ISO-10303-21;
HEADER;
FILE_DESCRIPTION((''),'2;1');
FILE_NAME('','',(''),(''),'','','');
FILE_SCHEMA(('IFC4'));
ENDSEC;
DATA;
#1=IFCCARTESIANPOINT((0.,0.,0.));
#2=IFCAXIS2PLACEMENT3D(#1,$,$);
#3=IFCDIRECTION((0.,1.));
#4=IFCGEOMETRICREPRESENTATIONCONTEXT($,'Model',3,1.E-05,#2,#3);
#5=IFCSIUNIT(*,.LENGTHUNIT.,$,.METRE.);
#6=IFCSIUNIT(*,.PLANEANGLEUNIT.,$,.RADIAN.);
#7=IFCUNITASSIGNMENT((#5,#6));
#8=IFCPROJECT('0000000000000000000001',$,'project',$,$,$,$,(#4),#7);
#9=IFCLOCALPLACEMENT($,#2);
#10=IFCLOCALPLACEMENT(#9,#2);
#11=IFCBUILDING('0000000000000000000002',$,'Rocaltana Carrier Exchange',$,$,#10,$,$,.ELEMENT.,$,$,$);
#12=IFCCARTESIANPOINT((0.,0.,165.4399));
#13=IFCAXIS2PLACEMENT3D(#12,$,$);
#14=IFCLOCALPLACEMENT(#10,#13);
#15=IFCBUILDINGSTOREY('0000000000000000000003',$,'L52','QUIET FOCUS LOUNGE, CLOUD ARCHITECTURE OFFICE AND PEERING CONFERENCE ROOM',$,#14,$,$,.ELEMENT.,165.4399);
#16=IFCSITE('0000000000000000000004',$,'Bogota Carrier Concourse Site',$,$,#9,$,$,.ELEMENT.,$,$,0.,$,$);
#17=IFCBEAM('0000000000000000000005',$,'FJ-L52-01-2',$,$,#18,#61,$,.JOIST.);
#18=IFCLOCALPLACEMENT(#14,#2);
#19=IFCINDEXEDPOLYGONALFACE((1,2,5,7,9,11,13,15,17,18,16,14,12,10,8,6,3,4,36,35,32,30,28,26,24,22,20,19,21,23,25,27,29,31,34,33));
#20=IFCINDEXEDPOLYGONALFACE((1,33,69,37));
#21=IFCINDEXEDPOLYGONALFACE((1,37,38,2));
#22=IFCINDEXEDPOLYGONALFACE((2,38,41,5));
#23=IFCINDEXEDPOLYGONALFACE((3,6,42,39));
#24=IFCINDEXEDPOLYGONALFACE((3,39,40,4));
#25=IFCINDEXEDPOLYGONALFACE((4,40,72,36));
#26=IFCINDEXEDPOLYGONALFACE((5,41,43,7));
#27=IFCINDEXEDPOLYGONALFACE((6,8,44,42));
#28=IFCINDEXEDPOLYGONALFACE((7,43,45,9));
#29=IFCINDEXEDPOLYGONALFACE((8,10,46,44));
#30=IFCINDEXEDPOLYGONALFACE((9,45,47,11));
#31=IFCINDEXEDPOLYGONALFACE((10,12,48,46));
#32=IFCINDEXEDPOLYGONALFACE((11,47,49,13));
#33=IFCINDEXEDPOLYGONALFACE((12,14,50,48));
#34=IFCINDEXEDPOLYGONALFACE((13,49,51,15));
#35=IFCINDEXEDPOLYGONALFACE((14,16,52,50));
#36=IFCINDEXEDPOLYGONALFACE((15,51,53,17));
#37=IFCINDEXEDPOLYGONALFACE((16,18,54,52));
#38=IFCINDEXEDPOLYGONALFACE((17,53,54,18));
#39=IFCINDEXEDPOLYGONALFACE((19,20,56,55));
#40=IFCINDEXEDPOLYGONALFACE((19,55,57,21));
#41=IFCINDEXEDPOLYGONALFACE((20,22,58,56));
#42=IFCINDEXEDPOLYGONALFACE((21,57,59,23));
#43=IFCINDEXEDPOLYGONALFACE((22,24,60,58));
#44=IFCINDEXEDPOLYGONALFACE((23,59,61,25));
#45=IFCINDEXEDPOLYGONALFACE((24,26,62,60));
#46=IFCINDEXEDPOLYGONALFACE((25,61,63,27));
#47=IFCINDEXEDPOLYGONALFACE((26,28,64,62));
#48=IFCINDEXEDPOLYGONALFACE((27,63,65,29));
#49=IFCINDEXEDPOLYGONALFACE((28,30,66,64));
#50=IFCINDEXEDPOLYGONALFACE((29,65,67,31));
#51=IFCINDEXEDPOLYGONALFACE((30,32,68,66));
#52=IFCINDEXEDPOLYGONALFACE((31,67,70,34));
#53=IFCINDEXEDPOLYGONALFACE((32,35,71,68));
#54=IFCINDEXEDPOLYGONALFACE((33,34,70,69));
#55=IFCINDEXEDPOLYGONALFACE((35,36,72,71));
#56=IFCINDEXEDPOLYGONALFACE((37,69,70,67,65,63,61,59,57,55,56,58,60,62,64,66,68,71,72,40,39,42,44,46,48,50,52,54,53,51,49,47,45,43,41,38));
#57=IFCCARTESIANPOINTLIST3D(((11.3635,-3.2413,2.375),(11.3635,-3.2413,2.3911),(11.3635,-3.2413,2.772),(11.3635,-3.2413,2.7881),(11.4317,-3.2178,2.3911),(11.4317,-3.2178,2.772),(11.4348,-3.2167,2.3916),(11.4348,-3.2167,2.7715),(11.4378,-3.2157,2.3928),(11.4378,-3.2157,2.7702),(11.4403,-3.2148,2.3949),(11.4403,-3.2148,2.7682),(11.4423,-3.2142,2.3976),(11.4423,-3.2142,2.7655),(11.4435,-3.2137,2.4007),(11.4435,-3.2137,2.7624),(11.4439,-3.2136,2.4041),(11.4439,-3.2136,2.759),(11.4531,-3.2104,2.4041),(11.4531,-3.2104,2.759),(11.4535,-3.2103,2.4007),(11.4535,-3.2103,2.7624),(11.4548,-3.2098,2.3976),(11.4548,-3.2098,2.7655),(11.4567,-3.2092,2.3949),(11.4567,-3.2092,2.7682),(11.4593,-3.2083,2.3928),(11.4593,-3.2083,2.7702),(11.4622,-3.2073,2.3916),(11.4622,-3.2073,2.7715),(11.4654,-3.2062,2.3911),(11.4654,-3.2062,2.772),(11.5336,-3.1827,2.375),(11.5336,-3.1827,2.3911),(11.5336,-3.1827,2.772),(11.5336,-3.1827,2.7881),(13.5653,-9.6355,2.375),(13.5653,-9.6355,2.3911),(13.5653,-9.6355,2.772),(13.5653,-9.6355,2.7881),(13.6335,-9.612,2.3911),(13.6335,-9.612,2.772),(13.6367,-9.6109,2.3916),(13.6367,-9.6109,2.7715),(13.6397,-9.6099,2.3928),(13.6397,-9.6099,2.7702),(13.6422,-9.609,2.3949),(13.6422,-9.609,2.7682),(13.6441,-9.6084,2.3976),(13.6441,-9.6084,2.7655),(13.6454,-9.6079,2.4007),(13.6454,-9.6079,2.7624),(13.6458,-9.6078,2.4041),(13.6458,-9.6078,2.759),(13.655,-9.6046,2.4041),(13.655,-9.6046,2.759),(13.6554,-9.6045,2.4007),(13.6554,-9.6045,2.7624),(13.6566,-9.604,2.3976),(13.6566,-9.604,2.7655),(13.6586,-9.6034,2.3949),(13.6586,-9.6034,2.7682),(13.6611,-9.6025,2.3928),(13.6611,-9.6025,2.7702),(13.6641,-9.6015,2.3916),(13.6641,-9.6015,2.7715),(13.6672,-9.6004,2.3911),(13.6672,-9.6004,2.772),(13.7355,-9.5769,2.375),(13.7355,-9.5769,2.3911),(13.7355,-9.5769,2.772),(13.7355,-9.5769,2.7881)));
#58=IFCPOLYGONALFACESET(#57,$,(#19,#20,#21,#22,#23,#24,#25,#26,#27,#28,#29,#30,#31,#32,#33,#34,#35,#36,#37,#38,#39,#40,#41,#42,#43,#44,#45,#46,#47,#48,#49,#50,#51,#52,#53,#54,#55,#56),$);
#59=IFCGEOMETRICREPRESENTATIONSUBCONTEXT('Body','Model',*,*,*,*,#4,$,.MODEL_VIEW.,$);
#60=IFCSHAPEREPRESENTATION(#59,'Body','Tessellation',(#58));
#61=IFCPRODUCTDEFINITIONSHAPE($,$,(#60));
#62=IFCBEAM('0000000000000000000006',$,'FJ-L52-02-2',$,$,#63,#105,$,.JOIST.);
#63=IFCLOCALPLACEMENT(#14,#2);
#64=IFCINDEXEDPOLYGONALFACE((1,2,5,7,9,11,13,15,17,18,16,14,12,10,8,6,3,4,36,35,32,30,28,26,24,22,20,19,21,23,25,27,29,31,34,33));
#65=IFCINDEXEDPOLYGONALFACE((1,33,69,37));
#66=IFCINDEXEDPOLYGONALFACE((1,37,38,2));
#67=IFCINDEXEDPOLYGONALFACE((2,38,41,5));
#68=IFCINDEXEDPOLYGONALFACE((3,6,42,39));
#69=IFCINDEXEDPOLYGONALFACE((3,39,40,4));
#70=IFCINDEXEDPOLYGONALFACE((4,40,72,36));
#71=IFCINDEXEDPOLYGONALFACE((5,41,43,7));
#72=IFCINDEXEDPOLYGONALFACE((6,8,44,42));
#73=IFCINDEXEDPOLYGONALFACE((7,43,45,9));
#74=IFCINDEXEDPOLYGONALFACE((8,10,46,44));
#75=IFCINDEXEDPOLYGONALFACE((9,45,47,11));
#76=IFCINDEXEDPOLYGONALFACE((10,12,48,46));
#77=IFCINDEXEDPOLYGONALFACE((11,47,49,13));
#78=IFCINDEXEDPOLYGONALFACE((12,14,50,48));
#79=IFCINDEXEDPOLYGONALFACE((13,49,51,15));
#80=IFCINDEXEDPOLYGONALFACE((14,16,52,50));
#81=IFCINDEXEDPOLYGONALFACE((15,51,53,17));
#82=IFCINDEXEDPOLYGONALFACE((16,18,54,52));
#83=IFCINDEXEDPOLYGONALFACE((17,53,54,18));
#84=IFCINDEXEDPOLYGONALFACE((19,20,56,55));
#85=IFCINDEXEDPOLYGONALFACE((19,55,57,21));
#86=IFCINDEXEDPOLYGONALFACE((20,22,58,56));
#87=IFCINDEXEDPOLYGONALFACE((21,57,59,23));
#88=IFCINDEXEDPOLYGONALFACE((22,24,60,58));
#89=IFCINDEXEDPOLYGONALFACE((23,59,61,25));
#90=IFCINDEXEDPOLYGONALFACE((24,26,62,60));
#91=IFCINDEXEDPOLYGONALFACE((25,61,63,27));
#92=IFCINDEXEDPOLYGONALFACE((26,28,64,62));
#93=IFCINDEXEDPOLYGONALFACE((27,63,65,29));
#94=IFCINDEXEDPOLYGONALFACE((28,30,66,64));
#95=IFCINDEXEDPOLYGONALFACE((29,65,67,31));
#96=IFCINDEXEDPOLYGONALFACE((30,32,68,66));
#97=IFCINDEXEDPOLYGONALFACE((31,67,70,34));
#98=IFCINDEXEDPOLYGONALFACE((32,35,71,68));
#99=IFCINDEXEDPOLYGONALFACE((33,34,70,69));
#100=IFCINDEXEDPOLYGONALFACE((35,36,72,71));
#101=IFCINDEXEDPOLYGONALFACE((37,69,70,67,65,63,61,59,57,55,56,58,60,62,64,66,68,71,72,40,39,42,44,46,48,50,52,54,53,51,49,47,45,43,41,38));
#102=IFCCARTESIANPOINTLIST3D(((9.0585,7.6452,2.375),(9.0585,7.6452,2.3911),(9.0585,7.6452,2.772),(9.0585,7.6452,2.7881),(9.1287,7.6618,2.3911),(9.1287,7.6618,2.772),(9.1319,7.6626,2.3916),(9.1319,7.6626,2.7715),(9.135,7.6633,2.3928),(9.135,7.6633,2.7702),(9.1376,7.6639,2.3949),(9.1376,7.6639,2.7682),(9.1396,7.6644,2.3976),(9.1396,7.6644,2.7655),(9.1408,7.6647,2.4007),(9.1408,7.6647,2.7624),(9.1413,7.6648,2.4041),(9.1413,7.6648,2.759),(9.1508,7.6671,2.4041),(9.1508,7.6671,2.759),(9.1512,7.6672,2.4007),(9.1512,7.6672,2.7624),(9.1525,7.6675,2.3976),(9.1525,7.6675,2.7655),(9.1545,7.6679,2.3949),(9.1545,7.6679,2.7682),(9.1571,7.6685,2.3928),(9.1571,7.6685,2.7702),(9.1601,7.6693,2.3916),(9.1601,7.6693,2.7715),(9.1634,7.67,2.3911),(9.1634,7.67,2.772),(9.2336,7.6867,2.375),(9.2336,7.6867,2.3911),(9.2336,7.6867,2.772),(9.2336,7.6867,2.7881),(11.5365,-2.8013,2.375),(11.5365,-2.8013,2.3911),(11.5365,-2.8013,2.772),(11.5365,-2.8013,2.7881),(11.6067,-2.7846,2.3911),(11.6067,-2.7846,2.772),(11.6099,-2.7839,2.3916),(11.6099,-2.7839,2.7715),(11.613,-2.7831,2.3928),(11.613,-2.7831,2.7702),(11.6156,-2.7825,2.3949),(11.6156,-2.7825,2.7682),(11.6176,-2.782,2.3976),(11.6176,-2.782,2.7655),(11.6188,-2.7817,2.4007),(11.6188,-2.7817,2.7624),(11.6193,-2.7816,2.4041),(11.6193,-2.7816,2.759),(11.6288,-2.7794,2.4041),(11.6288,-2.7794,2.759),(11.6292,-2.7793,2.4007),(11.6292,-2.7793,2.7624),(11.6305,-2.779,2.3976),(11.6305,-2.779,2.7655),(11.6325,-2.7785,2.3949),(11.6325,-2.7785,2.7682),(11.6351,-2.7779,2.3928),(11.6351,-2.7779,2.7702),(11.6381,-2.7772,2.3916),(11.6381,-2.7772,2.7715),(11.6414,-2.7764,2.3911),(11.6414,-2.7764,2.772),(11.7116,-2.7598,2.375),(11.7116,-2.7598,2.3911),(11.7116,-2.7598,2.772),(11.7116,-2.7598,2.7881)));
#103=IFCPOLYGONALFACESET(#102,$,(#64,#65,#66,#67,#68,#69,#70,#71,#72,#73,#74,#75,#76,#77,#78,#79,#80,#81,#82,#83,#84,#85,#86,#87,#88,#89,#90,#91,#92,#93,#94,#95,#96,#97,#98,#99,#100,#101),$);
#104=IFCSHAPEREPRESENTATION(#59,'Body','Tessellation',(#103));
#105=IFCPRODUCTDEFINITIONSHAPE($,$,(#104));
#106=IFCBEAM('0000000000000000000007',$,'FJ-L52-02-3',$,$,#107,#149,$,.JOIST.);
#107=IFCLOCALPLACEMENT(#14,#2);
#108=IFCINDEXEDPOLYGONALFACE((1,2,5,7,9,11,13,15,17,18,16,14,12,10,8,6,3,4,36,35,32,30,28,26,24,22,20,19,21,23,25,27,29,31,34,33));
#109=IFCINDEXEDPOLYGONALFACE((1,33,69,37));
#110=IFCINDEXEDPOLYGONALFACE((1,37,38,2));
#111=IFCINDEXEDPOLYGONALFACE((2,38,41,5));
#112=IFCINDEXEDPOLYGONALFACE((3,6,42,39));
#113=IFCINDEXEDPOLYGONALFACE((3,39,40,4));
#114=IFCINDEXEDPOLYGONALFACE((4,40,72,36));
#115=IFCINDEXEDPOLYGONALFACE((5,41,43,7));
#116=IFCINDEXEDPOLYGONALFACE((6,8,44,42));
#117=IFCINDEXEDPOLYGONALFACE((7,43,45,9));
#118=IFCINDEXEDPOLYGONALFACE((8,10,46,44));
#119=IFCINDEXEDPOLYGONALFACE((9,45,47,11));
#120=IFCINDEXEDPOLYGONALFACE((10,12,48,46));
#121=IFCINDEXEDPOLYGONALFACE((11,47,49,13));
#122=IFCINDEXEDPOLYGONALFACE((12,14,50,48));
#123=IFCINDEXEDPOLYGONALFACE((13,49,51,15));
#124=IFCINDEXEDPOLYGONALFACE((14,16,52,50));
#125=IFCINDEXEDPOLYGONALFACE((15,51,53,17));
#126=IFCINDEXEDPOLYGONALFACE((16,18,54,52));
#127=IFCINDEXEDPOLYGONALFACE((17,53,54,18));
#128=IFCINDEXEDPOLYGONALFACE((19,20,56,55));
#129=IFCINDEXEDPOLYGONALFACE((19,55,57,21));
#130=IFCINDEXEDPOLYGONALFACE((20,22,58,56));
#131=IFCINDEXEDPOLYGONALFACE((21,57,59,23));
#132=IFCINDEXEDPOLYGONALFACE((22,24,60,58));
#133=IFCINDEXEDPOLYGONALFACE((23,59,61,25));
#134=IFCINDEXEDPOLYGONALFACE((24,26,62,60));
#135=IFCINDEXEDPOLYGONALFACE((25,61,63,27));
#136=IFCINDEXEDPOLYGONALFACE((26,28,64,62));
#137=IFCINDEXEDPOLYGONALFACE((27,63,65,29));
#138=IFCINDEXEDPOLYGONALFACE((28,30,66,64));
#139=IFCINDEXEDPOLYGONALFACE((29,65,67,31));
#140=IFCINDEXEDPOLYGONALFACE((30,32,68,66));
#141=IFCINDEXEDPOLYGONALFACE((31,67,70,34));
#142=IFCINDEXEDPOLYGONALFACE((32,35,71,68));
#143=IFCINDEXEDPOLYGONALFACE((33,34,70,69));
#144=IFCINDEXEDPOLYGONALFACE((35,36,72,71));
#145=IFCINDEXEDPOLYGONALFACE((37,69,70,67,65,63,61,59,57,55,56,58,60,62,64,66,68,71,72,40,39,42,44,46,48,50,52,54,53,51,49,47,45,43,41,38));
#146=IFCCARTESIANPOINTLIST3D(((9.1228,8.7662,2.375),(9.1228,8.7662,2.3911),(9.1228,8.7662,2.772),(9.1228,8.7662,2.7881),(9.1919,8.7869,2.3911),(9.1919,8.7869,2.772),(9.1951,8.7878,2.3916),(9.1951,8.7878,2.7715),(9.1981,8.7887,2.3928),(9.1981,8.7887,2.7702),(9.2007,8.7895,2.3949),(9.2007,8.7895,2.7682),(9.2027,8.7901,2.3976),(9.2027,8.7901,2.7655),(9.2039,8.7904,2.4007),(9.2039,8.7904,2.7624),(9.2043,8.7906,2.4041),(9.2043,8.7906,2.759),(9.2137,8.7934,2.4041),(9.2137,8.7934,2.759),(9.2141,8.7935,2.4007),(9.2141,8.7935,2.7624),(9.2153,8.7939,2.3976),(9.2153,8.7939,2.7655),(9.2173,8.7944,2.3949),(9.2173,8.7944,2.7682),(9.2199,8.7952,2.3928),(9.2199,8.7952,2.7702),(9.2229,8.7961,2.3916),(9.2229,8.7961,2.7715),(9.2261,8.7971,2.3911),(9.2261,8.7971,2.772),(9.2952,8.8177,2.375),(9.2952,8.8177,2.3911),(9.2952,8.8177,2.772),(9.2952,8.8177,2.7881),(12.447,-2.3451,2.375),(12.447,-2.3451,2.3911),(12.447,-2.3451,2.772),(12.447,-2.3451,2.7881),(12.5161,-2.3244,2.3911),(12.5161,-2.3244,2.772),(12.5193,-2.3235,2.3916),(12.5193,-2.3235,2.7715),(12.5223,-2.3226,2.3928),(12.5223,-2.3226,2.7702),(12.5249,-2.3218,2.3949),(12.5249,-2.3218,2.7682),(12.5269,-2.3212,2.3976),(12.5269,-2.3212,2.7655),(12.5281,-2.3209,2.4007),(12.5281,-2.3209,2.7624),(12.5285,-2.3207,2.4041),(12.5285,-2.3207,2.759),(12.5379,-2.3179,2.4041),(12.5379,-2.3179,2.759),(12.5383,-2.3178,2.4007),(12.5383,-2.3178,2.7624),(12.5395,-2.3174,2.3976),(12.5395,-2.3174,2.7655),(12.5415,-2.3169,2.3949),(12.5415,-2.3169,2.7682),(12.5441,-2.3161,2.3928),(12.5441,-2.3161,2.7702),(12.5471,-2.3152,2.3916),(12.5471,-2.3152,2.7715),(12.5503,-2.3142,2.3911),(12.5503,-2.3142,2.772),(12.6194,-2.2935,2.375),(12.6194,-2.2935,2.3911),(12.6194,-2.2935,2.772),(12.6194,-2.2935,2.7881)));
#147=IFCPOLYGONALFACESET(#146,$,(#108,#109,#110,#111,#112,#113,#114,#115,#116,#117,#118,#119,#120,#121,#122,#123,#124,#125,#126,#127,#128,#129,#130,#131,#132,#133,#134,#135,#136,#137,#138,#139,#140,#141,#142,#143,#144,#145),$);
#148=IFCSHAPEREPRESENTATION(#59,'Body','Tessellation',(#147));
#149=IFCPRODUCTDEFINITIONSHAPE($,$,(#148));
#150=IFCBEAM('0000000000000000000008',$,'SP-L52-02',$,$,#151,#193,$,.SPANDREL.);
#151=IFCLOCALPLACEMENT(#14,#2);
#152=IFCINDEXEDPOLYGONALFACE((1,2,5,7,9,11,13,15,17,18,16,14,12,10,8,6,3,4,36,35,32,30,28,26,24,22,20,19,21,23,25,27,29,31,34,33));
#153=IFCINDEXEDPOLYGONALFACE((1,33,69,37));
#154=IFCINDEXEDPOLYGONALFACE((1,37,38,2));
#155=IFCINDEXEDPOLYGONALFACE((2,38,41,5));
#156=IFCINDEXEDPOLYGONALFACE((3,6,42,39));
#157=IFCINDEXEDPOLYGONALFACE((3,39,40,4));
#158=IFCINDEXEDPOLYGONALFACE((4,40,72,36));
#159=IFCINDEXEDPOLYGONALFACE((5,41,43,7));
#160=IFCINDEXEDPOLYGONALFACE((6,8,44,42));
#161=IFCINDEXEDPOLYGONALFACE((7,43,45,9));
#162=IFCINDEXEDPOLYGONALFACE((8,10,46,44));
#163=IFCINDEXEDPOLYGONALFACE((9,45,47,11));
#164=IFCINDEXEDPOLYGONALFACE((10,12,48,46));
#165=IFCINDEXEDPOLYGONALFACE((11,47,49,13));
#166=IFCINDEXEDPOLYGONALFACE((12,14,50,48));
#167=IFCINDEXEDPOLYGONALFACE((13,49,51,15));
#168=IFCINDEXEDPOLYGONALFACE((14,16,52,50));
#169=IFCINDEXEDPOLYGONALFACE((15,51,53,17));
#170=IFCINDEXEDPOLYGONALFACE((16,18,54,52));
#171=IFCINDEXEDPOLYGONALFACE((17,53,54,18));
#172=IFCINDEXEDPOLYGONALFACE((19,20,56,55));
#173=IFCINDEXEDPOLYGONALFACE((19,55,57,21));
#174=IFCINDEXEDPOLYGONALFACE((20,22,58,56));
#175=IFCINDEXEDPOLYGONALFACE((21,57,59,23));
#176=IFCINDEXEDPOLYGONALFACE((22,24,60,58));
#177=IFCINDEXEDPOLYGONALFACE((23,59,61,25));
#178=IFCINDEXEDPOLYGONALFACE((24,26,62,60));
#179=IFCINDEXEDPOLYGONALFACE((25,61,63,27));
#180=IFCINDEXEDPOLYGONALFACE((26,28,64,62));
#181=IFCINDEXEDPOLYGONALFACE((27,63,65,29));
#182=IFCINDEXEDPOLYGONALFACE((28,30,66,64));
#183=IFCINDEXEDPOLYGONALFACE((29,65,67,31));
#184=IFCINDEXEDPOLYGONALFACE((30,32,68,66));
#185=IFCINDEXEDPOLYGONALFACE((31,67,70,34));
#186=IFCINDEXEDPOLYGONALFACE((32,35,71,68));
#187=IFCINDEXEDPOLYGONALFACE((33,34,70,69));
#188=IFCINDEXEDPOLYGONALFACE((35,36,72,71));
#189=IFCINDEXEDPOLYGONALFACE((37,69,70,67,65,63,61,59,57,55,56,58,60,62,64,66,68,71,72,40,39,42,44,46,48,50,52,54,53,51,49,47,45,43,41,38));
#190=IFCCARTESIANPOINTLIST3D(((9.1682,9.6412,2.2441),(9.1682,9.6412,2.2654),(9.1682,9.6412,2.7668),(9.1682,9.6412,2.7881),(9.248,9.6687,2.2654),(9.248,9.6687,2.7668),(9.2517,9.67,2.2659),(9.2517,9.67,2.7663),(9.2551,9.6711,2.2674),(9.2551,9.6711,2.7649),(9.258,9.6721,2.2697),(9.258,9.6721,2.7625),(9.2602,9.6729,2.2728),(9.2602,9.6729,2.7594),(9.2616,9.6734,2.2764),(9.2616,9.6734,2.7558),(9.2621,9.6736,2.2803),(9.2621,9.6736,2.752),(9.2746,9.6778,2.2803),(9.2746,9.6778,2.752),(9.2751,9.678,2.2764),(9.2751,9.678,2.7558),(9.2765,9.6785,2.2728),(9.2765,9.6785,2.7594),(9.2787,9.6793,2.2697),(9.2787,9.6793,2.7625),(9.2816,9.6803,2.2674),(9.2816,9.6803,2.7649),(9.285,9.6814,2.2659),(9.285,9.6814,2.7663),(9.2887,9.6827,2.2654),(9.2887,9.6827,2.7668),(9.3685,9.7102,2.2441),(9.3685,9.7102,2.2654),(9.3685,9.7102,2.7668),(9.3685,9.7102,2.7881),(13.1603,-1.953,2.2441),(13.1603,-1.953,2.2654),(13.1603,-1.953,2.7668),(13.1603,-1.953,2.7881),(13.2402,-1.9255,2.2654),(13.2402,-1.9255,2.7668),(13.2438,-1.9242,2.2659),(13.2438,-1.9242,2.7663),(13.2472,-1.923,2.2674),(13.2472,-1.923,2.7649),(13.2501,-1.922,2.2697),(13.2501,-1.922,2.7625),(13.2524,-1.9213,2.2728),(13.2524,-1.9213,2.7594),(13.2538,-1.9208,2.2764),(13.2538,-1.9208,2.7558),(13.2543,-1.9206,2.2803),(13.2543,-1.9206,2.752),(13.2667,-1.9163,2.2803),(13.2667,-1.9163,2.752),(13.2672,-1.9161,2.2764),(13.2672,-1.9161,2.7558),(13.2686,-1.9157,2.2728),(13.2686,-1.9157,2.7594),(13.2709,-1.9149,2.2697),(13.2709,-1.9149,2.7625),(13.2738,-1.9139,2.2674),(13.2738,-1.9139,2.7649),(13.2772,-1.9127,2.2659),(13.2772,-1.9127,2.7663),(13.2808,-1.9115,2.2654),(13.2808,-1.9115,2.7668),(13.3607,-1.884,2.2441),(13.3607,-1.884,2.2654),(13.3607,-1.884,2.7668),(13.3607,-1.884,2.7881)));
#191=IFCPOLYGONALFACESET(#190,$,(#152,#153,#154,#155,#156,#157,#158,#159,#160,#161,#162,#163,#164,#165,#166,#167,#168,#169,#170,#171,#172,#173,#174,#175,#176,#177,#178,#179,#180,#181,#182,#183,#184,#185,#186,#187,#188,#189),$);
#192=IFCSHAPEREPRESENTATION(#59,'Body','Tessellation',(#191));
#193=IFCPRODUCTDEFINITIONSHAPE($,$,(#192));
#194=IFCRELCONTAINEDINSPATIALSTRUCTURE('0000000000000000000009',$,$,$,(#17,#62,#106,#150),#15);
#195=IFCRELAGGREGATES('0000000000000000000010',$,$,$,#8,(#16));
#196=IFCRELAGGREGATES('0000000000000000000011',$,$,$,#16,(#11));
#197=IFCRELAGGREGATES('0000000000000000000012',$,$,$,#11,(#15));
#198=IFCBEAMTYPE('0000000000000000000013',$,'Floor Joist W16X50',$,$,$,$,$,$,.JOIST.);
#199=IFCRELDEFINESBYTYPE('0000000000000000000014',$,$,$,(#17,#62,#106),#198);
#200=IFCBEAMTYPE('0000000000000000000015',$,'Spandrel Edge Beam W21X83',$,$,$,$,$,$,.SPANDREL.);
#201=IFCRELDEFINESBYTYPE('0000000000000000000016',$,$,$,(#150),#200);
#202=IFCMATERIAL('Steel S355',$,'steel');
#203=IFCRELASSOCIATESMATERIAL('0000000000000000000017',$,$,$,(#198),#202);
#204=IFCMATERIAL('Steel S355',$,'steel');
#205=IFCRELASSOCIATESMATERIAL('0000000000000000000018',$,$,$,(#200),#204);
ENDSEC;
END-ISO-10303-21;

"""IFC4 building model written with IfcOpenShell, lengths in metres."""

from ifc_helpers import new_model, si_unit, direction, frame, origin, origin_2d, place, context, subcontext, project, spatial, i_section, extrude, material, material_profile, profile_set, type_object, element, save


model = new_model("IFC4")

# Units and contexts
model_context = context("Model", 3, precision=1e-05, world=origin(), true_north=direction((0.0, 1.0)))
body_context = subcontext(model_context, "Body", "Model", "MODEL_VIEW")
ifc_project = project(units=[si_unit("LENGTHUNIT", "METRE"), si_unit("PLANEANGLEUNIT", "RADIAN")], contexts=[model_context])

# Site, building, storey
site_placement = place(None, origin())
site = spatial("IfcSite", under=ifc_project, at=site_placement, Name="Bogota Carrier Concourse Site", CompositionType="ELEMENT", RefElevation=0.0)
building_placement = place(site_placement, origin())
building = spatial("IfcBuilding", under=site, at=building_placement, Name="Rocaltana Carrier Exchange", CompositionType="ELEMENT")
storey_placement = place(building_placement, frame((0.0, 0.0, 165.4399)))
storey = spatial("IfcBuildingStorey", under=building, at=storey_placement, Name="L52", Description="QUIET FOCUS LOUNGE, CLOUD ARCHITECTURE OFFICE AND PEERING CONFERENCE ROOM", CompositionType="ELEMENT", Elevation=165.4399)

# Beams
ifc_material_1 = material(Name="Steel S355", Category="steel")
ifc_material_profile_1 = material_profile(ifc_material_1, i_section(OverallWidth=0.1799, OverallDepth=0.4131, WebThickness=0.0098, FlangeThickness=0.0161, FilletRadius=0.0129, at=origin_2d()), Name="W16X50")
ifc_profile_set_1 = profile_set([ifc_material_profile_1], Name="Steel S355")
beam_type_1 = type_object("IfcBeamType", Name="Floor Joist W16X50", PredefinedType="JOIST", material=ifc_profile_set_1)
beam_1_placement = place(storey_placement, frame((13.6504, -9.6062, 2.5815), z_axis=(-0.325591, 0.945511, 0.0), x_axis=(-0.945511, -0.325591, 0.0)))
element("IfcBeam", 1, at=beam_1_placement, inside=storey, type_object=beam_type_1, Name="FJ-L52-01-2", PredefinedType="JOIST", context=body_context, shape_type="SweptSolid", body=[
    extrude(i_section(OverallWidth=0.1799, OverallDepth=0.4131, WebThickness=0.0098, FlangeThickness=0.0161, FilletRadius=0.0129, at=origin_2d()), origin(), (0.0, 0.0, 1.0), 6.7627),
])
beam_2_placement = place(storey_placement, frame((11.624, -2.7805, 2.5815), z_axis=(-0.230806, 0.973, 0.0), x_axis=(-0.973, -0.230806, 0.0)))
element("IfcBeam", 2, at=beam_2_placement, inside=storey, type_object=beam_type_1, Name="FJ-L52-02-2", PredefinedType="JOIST", context=body_context, shape_type="SweptSolid", body=[
    extrude(i_section(OverallWidth=0.1799, OverallDepth=0.4131, WebThickness=0.0098, FlangeThickness=0.0161, FilletRadius=0.0129, at=origin_2d()), origin(), (0.0, 0.0, 1.0), 10.7363),
])
beam_3_placement = place(storey_placement, frame((12.5332, -2.3193, 2.5815), z_axis=(-0.286622, 0.958044, 0.0), x_axis=(-0.958044, -0.286622, 0.0)))
element("IfcBeam", 3, at=beam_3_placement, inside=storey, type_object=beam_type_1, Name="FJ-L52-02-3", PredefinedType="JOIST", context=body_context, shape_type="SweptSolid", body=[
    extrude(i_section(OverallWidth=0.1799, OverallDepth=0.4131, WebThickness=0.0098, FlangeThickness=0.0161, FilletRadius=0.0129, at=origin_2d()), origin(), (0.0, 0.0, 1.0), 11.5979),
])
ifc_material_2 = material(Name="Steel S355", Category="steel")
ifc_material_profile_2 = material_profile(ifc_material_2, i_section(OverallWidth=0.2119, OverallDepth=0.5439, WebThickness=0.0132, FlangeThickness=0.0212, FilletRadius=0.0149, at=origin_2d()), Name="W21X83")
ifc_profile_set_2 = profile_set([ifc_material_profile_2], Name="Steel S355")
beam_type_2 = type_object("IfcBeamType", Name="Spandrel Edge Beam W21X83", PredefinedType="SPANDREL", material=ifc_profile_set_2)
beam_4_placement = place(storey_placement, frame((13.2605, -1.9185, 2.5161), z_axis=(-0.325566, 0.945519, 0.0), x_axis=(-0.945519, -0.325566, 0.0)))
element("IfcBeam", 4, at=beam_4_placement, inside=storey, type_object=beam_type_2, Name="SP-L52-02", PredefinedType="SPANDREL", context=body_context, shape_type="SweptSolid", body=[
    extrude(i_section(OverallWidth=0.2119, OverallDepth=0.5439, WebThickness=0.0132, FlangeThickness=0.0212, FilletRadius=0.0149, at=origin_2d()), origin(), (0.0, 0.0, 1.0), 12.2622),
])

save(model, "model.ifc")
